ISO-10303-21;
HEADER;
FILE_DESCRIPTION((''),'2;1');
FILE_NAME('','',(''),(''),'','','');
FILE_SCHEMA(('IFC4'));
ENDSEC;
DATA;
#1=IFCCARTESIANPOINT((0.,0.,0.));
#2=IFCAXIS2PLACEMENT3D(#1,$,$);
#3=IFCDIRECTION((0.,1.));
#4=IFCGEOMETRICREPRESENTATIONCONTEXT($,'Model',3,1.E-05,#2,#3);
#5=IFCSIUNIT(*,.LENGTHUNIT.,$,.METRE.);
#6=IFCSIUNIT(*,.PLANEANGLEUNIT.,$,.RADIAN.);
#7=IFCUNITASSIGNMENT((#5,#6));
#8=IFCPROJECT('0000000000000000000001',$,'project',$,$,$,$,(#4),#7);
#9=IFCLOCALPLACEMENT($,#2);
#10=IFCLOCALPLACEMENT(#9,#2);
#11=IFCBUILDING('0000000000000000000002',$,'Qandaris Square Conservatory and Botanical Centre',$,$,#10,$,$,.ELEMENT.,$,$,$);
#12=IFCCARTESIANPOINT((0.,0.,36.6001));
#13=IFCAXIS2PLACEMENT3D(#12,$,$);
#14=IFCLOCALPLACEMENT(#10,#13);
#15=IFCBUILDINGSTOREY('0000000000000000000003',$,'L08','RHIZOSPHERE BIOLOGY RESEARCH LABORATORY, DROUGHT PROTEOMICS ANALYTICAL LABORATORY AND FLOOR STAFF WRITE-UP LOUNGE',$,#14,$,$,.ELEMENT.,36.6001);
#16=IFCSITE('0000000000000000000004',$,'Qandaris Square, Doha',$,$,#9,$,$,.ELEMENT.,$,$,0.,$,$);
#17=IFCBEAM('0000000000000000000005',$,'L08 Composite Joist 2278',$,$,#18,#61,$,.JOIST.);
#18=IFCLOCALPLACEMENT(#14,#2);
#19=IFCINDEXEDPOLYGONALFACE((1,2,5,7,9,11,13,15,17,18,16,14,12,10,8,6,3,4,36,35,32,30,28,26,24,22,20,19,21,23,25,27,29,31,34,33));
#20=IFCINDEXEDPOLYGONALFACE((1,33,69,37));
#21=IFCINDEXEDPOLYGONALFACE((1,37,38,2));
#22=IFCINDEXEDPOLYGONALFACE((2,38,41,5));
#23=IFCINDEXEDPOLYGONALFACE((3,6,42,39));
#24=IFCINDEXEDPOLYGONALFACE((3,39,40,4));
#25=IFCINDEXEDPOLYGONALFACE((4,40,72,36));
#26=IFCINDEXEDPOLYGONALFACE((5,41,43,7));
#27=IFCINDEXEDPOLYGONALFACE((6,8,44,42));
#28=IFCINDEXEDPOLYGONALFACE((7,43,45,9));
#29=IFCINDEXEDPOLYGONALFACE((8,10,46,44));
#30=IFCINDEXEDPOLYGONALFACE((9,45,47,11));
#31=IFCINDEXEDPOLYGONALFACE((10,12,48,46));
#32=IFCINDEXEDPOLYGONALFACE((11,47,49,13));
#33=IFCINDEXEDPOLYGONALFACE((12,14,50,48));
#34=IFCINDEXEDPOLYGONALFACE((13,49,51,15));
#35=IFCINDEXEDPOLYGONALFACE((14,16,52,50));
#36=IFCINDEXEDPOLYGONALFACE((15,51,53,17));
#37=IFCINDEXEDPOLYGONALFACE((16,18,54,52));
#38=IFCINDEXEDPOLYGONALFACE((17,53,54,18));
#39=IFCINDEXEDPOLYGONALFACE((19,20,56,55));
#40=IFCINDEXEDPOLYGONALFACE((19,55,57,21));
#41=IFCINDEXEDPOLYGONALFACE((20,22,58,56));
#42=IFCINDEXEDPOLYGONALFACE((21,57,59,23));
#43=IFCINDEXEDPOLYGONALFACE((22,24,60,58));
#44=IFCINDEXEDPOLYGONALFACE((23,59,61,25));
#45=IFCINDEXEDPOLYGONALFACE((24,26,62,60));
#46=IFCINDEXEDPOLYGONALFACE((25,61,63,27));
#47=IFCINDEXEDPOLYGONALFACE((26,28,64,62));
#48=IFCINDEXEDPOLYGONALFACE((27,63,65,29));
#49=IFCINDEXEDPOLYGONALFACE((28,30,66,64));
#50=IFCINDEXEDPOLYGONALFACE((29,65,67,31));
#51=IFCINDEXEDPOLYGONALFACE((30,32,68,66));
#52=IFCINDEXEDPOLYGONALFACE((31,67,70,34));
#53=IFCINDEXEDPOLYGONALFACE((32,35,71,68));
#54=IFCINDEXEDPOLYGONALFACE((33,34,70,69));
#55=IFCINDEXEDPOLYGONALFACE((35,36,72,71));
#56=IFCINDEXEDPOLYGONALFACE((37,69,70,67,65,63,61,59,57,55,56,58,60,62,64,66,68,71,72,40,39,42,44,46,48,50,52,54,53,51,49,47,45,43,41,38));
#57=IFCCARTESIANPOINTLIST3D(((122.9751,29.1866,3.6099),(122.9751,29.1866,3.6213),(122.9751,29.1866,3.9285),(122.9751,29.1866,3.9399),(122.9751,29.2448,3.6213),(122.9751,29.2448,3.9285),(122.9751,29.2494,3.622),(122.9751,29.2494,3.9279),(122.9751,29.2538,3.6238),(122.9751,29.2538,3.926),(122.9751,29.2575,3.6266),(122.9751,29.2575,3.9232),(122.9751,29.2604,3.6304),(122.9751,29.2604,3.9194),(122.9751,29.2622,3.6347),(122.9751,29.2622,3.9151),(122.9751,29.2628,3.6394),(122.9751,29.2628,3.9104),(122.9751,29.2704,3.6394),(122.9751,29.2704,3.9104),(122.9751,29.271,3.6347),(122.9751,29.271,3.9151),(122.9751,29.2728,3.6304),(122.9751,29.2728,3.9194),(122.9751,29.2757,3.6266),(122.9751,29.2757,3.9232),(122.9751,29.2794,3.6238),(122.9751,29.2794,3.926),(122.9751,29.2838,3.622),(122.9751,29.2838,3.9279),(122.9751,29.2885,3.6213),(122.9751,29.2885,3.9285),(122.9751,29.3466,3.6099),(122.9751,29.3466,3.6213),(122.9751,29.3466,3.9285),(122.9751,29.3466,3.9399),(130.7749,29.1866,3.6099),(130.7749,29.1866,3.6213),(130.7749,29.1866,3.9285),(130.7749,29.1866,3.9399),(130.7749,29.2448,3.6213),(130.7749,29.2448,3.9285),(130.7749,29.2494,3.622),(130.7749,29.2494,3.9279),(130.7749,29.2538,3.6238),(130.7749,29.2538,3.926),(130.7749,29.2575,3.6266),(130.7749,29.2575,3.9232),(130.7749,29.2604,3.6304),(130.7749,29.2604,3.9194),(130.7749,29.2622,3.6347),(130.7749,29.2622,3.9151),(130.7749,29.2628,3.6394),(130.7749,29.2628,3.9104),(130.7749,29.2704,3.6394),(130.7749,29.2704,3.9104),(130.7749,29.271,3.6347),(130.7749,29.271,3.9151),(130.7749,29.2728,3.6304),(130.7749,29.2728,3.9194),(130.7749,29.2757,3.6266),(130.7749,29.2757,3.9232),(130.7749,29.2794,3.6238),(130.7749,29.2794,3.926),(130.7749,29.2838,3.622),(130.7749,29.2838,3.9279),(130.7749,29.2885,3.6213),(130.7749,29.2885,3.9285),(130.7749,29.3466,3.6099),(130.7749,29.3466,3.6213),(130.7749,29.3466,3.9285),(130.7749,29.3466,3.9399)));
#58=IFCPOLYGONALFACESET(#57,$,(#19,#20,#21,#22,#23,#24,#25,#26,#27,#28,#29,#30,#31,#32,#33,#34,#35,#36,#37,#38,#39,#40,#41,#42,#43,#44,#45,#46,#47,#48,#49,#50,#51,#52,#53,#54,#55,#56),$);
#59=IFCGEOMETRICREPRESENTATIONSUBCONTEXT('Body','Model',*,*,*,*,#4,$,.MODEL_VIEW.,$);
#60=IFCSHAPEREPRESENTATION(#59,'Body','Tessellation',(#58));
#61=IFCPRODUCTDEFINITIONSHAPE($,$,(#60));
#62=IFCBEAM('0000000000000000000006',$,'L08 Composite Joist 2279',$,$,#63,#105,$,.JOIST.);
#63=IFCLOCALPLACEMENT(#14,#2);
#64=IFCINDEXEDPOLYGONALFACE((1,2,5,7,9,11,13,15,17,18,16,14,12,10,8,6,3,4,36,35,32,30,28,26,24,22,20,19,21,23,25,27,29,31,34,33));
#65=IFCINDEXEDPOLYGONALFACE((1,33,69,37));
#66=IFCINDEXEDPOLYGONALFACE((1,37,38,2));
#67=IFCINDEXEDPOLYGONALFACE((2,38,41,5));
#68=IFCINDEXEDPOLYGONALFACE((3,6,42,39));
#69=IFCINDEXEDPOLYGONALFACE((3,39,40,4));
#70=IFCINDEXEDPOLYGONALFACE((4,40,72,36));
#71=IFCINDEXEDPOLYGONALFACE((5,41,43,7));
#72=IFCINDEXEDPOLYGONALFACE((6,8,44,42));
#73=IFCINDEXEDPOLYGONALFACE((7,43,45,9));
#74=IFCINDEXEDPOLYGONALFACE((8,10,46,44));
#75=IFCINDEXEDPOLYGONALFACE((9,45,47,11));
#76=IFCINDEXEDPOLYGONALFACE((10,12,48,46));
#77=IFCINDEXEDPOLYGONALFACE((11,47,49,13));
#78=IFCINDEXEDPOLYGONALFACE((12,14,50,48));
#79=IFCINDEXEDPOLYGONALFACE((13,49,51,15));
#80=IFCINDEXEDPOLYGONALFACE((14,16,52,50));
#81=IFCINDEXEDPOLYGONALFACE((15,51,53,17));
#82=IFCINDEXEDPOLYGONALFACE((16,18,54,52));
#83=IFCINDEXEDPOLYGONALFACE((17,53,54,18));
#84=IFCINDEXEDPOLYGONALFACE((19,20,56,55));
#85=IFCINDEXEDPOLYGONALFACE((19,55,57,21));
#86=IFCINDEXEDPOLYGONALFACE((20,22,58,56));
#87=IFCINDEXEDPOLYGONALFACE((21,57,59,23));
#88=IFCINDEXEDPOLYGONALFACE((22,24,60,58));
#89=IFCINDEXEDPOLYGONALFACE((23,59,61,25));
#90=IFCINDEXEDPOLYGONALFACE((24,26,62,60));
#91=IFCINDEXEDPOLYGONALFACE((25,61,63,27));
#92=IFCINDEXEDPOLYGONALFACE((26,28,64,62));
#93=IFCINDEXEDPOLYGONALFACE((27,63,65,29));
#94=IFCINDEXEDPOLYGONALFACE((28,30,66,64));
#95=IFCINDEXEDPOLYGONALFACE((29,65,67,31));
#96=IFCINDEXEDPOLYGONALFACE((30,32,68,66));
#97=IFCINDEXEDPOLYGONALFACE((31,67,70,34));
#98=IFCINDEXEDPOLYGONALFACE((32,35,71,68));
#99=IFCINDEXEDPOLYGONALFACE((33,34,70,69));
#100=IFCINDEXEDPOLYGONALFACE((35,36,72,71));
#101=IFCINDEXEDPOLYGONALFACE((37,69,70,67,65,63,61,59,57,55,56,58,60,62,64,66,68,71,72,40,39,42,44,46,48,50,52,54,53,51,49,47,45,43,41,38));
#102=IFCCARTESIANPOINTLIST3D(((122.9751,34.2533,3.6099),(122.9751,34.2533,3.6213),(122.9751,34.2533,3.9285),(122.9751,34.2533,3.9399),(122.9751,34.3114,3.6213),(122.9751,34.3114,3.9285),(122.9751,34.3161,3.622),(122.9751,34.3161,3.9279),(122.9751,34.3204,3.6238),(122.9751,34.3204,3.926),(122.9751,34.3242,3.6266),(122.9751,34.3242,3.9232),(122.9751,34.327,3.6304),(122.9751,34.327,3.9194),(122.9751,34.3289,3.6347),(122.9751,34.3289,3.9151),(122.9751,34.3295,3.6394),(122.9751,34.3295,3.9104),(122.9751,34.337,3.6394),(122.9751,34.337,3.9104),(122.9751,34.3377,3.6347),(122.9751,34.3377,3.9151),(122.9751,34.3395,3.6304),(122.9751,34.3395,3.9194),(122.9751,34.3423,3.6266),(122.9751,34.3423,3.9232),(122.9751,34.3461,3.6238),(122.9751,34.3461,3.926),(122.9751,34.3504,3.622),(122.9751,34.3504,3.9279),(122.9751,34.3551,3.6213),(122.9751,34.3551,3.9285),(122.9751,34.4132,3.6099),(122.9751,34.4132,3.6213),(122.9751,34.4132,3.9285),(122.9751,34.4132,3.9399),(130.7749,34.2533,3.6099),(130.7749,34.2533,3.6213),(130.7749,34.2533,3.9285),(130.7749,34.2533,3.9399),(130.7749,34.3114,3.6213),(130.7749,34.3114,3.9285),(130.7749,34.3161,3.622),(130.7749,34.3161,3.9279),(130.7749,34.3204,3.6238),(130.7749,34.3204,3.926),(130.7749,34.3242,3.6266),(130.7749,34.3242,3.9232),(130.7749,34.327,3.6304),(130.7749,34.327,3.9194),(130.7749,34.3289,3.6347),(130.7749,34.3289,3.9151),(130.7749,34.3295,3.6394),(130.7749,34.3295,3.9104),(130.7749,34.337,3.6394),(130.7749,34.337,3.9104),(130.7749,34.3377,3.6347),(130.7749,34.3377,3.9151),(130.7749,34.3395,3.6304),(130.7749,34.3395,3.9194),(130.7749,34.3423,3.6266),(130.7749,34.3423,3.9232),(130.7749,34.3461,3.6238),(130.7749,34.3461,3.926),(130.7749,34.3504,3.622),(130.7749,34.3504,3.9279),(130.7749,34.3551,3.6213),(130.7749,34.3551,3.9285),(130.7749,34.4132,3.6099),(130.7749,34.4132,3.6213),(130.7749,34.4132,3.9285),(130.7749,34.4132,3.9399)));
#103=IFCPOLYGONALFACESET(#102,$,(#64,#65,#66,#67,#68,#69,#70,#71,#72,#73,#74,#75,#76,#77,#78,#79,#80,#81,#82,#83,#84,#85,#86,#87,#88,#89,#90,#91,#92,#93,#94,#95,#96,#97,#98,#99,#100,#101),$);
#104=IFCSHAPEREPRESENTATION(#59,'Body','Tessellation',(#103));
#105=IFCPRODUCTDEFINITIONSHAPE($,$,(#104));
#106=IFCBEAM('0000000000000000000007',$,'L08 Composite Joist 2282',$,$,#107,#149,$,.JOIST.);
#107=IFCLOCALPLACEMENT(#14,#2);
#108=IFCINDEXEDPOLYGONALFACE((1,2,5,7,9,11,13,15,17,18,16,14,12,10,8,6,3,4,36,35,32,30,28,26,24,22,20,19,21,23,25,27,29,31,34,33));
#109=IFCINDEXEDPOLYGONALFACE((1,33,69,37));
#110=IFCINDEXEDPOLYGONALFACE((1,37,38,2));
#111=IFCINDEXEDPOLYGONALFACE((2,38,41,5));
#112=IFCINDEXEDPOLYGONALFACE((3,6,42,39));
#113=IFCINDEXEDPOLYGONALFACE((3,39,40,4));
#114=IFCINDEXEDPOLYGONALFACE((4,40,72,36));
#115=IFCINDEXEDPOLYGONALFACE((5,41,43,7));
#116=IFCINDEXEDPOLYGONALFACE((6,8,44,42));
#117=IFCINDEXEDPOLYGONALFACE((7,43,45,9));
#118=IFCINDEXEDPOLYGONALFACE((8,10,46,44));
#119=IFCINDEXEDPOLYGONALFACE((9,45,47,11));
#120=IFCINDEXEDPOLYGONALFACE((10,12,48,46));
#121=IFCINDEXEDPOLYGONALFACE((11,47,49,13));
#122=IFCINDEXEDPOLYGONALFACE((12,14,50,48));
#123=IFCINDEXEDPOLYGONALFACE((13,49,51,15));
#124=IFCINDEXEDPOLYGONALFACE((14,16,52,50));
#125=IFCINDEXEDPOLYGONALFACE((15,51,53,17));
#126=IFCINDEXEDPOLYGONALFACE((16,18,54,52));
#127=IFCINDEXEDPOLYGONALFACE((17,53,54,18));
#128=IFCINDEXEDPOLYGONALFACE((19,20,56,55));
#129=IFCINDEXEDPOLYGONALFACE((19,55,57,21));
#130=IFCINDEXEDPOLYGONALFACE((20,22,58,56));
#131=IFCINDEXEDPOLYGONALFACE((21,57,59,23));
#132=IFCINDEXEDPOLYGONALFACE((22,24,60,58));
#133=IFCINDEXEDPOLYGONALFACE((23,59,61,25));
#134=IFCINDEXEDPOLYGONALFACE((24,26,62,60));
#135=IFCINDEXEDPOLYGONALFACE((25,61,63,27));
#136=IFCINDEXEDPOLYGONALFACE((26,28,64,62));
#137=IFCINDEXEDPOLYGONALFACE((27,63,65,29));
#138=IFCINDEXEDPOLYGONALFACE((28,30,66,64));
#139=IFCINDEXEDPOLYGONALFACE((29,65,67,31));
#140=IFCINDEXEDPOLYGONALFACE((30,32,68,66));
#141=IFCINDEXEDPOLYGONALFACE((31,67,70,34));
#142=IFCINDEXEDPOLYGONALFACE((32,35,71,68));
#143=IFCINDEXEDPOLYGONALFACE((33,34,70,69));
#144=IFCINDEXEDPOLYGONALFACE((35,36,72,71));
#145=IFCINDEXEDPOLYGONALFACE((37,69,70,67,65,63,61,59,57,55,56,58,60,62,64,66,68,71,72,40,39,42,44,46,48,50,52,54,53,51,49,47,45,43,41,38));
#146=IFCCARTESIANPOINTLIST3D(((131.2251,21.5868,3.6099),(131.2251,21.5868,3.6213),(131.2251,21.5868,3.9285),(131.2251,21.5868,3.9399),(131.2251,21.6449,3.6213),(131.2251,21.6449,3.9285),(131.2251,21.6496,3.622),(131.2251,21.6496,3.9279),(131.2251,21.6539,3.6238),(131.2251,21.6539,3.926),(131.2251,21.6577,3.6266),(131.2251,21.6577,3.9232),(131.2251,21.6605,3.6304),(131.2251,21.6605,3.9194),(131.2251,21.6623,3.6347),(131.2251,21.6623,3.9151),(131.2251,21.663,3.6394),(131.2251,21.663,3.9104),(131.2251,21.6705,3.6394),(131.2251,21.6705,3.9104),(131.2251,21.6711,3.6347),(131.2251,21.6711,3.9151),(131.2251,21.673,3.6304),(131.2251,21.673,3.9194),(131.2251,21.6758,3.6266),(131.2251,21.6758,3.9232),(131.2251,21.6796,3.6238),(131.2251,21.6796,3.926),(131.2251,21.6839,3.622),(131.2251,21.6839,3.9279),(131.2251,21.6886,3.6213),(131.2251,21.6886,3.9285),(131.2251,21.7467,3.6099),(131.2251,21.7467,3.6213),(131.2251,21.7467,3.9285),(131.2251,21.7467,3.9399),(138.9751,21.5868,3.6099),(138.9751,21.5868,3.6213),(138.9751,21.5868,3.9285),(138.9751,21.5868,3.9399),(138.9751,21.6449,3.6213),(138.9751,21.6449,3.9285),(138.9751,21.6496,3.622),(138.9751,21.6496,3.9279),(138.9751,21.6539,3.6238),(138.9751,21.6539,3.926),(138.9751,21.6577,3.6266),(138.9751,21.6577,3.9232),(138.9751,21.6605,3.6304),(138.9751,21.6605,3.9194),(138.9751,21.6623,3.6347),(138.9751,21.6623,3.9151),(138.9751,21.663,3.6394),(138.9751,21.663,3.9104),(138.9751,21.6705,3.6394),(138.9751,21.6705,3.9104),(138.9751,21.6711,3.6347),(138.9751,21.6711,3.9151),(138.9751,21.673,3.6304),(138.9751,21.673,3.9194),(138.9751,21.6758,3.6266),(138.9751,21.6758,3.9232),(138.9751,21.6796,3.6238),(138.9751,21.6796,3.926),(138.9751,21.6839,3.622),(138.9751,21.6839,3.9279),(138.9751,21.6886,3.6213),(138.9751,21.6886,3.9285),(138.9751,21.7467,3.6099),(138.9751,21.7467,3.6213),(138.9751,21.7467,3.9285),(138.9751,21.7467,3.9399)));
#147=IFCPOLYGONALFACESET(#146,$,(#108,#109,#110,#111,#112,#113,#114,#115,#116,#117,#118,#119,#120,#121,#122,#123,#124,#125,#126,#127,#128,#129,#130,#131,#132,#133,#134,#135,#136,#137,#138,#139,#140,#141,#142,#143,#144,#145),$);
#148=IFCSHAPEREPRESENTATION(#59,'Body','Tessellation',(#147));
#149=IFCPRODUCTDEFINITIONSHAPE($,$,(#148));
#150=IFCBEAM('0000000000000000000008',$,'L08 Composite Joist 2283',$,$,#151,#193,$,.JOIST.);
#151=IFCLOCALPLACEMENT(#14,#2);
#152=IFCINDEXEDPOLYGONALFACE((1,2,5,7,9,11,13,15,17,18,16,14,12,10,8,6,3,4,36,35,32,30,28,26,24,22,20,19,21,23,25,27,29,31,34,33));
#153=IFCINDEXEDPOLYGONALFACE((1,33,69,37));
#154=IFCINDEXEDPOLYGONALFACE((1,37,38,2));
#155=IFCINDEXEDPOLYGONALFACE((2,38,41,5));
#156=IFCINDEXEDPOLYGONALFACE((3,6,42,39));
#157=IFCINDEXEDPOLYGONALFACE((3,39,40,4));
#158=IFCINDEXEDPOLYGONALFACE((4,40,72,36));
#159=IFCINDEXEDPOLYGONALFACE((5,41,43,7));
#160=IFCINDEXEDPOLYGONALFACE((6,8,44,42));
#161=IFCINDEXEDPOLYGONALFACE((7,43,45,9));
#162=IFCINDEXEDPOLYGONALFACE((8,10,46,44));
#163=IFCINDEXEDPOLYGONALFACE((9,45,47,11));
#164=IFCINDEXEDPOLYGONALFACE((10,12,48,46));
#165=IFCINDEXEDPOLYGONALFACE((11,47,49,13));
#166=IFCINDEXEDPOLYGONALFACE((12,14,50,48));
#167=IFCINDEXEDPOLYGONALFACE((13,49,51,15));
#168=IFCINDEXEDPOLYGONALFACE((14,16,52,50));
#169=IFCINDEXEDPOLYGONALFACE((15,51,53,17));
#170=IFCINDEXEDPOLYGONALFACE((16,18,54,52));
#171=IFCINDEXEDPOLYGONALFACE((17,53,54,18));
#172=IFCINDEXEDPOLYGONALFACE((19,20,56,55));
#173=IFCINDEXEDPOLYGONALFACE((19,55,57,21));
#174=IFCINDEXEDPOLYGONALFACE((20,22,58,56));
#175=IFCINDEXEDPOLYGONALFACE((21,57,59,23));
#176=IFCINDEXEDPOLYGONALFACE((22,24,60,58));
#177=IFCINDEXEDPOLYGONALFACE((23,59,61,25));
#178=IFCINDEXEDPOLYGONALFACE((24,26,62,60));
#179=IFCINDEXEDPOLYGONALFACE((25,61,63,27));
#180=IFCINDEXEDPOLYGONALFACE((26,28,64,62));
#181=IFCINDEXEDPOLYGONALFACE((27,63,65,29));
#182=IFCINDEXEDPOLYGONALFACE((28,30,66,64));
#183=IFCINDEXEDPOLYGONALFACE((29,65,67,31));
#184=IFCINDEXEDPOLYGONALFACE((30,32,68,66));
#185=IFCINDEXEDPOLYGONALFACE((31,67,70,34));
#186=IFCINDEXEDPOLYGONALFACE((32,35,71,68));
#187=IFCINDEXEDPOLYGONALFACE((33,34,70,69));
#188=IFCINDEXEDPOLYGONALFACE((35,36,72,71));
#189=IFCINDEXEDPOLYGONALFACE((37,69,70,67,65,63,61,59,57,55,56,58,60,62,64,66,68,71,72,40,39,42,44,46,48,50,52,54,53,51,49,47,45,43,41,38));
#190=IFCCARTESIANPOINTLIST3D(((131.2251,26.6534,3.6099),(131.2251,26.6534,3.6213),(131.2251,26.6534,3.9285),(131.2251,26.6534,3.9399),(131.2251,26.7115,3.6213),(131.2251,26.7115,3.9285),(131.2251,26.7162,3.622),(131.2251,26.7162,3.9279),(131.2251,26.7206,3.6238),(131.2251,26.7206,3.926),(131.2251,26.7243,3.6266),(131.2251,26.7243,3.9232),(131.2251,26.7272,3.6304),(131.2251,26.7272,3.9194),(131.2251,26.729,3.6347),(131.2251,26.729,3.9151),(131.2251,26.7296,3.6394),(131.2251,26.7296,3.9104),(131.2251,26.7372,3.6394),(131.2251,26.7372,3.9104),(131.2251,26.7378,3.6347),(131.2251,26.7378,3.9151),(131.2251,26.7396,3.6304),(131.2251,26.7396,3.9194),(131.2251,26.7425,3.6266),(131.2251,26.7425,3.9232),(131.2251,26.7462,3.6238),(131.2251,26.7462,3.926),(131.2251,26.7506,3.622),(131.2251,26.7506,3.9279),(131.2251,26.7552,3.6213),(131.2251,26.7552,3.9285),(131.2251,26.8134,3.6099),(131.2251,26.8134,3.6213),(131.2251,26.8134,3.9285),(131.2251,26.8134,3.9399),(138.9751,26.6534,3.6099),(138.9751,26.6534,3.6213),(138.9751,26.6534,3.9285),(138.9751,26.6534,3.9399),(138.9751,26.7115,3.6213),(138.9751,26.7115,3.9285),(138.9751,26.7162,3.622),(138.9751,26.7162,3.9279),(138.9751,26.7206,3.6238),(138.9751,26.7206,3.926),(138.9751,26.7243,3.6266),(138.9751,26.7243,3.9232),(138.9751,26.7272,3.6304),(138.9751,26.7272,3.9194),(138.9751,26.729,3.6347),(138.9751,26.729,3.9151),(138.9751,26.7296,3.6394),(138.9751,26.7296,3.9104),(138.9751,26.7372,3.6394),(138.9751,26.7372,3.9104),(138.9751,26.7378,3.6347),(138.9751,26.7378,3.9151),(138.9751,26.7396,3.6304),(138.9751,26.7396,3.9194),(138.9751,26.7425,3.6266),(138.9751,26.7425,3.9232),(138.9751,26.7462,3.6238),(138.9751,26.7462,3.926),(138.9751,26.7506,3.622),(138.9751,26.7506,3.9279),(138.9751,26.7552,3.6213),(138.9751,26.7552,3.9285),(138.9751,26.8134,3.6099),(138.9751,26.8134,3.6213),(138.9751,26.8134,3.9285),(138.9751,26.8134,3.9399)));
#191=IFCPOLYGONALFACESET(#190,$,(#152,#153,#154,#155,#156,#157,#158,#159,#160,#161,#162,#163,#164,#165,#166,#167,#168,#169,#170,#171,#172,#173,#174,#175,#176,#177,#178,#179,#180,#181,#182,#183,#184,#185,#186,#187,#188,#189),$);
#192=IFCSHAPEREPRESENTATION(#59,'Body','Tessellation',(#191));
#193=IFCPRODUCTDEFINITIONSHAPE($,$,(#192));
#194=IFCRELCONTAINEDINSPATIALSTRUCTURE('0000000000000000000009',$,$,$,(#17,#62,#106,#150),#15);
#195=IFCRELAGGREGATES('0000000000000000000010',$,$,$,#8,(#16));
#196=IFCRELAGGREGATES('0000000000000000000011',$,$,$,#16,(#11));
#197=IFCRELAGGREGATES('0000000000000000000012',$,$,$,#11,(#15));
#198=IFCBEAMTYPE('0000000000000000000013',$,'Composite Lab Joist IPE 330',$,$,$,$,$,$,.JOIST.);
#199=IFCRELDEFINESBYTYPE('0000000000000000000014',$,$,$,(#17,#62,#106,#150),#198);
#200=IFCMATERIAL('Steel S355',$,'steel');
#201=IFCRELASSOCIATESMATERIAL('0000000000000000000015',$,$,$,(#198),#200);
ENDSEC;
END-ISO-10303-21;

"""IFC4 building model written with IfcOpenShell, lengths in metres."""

from ifc_helpers import new_model, si_unit, direction, frame, origin, origin_2d, place, context, subcontext, project, spatial, i_section, extrude, material, material_profile, profile_set, type_object, element, save


model = new_model("IFC4")

# Units and contexts
model_context = context("Model", 3, precision=1e-05, world=origin(), true_north=direction((0.0, 1.0)))
body_context = subcontext(model_context, "Body", "Model", "MODEL_VIEW")
ifc_project = project(units=[si_unit("LENGTHUNIT", "METRE"), si_unit("PLANEANGLEUNIT", "RADIAN")], contexts=[model_context])

# Site, building, storey
site_placement = place(None, origin())
site = spatial("IfcSite", under=ifc_project, at=site_placement, Name="Qandaris Square, Doha", CompositionType="ELEMENT", RefElevation=0.0)
building_placement = place(site_placement, origin())
building = spatial("IfcBuilding", under=site, at=building_placement, Name="Qandaris Square Conservatory and Botanical Centre", CompositionType="ELEMENT")
storey_placement = place(building_placement, frame((0.0, 0.0, 36.6001)))
storey = spatial("IfcBuildingStorey", under=building, at=storey_placement, Name="L08", Description="RHIZOSPHERE BIOLOGY RESEARCH LABORATORY, DROUGHT PROTEOMICS ANALYTICAL LABORATORY AND FLOOR STAFF WRITE-UP LOUNGE", CompositionType="ELEMENT", Elevation=36.6001)

# Beams
ifc_material_1 = material(Name="Steel S355", Category="steel")
ifc_material_profile_1 = material_profile(ifc_material_1, i_section(OverallWidth=0.1599, OverallDepth=0.3301, WebThickness=0.0076, FlangeThickness=0.0115, FilletRadius=0.0181, at=origin_2d()), Name="IPE 330")
ifc_profile_set_1 = profile_set([ifc_material_profile_1], Name="Steel S355")
beam_type_1 = type_object("IfcBeamType", Name="Composite Lab Joist IPE 330", PredefinedType="JOIST", material=ifc_profile_set_1)
for number, where, z_axis, x_axis, name in (
    (1, (122.9751, 29.2666, 3.7749), (1.0, 0.0, 0.0), (0.0, 1.0, 0.0), "L08 Composite Joist 2278"),
    (2, (122.9751, 34.3333, 3.7749), (1.0, 0.0, 0.0), (0.0, 1.0, 0.0), "L08 Composite Joist 2279"),
):
    element("IfcBeam", number, at=place(storey_placement, frame(where, z_axis=z_axis, x_axis=x_axis)), inside=storey, type_object=beam_type_1, Name=name, PredefinedType="JOIST", context=body_context, shape_type="SweptSolid", body=[
        extrude(i_section(OverallWidth=0.1599, OverallDepth=0.3301, WebThickness=0.0076, FlangeThickness=0.0115, FilletRadius=0.0181, at=origin_2d()), origin(), (0.0, 0.0, 1.0), 7.7998),
    ])
for number, where, z_axis, x_axis, name in (
    (3, (131.2251, 21.6667, 3.7749), (1.0, 0.0, 0.0), (0.0, 1.0, 0.0), "L08 Composite Joist 2282"),
    (4, (131.2251, 26.7334, 3.7749), (1.0, 0.0, 0.0), (0.0, 1.0, 0.0), "L08 Composite Joist 2283"),
):
    element("IfcBeam", number, at=place(storey_placement, frame(where, z_axis=z_axis, x_axis=x_axis)), inside=storey, type_object=beam_type_1, Name=name, PredefinedType="JOIST", context=body_context, shape_type="SweptSolid", body=[
        extrude(i_section(OverallWidth=0.1599, OverallDepth=0.3301, WebThickness=0.0076, FlangeThickness=0.0115, FilletRadius=0.0181, at=origin_2d()), origin(), (0.0, 0.0, 1.0), 7.75),
    ])

save(model, "model.ifc")
